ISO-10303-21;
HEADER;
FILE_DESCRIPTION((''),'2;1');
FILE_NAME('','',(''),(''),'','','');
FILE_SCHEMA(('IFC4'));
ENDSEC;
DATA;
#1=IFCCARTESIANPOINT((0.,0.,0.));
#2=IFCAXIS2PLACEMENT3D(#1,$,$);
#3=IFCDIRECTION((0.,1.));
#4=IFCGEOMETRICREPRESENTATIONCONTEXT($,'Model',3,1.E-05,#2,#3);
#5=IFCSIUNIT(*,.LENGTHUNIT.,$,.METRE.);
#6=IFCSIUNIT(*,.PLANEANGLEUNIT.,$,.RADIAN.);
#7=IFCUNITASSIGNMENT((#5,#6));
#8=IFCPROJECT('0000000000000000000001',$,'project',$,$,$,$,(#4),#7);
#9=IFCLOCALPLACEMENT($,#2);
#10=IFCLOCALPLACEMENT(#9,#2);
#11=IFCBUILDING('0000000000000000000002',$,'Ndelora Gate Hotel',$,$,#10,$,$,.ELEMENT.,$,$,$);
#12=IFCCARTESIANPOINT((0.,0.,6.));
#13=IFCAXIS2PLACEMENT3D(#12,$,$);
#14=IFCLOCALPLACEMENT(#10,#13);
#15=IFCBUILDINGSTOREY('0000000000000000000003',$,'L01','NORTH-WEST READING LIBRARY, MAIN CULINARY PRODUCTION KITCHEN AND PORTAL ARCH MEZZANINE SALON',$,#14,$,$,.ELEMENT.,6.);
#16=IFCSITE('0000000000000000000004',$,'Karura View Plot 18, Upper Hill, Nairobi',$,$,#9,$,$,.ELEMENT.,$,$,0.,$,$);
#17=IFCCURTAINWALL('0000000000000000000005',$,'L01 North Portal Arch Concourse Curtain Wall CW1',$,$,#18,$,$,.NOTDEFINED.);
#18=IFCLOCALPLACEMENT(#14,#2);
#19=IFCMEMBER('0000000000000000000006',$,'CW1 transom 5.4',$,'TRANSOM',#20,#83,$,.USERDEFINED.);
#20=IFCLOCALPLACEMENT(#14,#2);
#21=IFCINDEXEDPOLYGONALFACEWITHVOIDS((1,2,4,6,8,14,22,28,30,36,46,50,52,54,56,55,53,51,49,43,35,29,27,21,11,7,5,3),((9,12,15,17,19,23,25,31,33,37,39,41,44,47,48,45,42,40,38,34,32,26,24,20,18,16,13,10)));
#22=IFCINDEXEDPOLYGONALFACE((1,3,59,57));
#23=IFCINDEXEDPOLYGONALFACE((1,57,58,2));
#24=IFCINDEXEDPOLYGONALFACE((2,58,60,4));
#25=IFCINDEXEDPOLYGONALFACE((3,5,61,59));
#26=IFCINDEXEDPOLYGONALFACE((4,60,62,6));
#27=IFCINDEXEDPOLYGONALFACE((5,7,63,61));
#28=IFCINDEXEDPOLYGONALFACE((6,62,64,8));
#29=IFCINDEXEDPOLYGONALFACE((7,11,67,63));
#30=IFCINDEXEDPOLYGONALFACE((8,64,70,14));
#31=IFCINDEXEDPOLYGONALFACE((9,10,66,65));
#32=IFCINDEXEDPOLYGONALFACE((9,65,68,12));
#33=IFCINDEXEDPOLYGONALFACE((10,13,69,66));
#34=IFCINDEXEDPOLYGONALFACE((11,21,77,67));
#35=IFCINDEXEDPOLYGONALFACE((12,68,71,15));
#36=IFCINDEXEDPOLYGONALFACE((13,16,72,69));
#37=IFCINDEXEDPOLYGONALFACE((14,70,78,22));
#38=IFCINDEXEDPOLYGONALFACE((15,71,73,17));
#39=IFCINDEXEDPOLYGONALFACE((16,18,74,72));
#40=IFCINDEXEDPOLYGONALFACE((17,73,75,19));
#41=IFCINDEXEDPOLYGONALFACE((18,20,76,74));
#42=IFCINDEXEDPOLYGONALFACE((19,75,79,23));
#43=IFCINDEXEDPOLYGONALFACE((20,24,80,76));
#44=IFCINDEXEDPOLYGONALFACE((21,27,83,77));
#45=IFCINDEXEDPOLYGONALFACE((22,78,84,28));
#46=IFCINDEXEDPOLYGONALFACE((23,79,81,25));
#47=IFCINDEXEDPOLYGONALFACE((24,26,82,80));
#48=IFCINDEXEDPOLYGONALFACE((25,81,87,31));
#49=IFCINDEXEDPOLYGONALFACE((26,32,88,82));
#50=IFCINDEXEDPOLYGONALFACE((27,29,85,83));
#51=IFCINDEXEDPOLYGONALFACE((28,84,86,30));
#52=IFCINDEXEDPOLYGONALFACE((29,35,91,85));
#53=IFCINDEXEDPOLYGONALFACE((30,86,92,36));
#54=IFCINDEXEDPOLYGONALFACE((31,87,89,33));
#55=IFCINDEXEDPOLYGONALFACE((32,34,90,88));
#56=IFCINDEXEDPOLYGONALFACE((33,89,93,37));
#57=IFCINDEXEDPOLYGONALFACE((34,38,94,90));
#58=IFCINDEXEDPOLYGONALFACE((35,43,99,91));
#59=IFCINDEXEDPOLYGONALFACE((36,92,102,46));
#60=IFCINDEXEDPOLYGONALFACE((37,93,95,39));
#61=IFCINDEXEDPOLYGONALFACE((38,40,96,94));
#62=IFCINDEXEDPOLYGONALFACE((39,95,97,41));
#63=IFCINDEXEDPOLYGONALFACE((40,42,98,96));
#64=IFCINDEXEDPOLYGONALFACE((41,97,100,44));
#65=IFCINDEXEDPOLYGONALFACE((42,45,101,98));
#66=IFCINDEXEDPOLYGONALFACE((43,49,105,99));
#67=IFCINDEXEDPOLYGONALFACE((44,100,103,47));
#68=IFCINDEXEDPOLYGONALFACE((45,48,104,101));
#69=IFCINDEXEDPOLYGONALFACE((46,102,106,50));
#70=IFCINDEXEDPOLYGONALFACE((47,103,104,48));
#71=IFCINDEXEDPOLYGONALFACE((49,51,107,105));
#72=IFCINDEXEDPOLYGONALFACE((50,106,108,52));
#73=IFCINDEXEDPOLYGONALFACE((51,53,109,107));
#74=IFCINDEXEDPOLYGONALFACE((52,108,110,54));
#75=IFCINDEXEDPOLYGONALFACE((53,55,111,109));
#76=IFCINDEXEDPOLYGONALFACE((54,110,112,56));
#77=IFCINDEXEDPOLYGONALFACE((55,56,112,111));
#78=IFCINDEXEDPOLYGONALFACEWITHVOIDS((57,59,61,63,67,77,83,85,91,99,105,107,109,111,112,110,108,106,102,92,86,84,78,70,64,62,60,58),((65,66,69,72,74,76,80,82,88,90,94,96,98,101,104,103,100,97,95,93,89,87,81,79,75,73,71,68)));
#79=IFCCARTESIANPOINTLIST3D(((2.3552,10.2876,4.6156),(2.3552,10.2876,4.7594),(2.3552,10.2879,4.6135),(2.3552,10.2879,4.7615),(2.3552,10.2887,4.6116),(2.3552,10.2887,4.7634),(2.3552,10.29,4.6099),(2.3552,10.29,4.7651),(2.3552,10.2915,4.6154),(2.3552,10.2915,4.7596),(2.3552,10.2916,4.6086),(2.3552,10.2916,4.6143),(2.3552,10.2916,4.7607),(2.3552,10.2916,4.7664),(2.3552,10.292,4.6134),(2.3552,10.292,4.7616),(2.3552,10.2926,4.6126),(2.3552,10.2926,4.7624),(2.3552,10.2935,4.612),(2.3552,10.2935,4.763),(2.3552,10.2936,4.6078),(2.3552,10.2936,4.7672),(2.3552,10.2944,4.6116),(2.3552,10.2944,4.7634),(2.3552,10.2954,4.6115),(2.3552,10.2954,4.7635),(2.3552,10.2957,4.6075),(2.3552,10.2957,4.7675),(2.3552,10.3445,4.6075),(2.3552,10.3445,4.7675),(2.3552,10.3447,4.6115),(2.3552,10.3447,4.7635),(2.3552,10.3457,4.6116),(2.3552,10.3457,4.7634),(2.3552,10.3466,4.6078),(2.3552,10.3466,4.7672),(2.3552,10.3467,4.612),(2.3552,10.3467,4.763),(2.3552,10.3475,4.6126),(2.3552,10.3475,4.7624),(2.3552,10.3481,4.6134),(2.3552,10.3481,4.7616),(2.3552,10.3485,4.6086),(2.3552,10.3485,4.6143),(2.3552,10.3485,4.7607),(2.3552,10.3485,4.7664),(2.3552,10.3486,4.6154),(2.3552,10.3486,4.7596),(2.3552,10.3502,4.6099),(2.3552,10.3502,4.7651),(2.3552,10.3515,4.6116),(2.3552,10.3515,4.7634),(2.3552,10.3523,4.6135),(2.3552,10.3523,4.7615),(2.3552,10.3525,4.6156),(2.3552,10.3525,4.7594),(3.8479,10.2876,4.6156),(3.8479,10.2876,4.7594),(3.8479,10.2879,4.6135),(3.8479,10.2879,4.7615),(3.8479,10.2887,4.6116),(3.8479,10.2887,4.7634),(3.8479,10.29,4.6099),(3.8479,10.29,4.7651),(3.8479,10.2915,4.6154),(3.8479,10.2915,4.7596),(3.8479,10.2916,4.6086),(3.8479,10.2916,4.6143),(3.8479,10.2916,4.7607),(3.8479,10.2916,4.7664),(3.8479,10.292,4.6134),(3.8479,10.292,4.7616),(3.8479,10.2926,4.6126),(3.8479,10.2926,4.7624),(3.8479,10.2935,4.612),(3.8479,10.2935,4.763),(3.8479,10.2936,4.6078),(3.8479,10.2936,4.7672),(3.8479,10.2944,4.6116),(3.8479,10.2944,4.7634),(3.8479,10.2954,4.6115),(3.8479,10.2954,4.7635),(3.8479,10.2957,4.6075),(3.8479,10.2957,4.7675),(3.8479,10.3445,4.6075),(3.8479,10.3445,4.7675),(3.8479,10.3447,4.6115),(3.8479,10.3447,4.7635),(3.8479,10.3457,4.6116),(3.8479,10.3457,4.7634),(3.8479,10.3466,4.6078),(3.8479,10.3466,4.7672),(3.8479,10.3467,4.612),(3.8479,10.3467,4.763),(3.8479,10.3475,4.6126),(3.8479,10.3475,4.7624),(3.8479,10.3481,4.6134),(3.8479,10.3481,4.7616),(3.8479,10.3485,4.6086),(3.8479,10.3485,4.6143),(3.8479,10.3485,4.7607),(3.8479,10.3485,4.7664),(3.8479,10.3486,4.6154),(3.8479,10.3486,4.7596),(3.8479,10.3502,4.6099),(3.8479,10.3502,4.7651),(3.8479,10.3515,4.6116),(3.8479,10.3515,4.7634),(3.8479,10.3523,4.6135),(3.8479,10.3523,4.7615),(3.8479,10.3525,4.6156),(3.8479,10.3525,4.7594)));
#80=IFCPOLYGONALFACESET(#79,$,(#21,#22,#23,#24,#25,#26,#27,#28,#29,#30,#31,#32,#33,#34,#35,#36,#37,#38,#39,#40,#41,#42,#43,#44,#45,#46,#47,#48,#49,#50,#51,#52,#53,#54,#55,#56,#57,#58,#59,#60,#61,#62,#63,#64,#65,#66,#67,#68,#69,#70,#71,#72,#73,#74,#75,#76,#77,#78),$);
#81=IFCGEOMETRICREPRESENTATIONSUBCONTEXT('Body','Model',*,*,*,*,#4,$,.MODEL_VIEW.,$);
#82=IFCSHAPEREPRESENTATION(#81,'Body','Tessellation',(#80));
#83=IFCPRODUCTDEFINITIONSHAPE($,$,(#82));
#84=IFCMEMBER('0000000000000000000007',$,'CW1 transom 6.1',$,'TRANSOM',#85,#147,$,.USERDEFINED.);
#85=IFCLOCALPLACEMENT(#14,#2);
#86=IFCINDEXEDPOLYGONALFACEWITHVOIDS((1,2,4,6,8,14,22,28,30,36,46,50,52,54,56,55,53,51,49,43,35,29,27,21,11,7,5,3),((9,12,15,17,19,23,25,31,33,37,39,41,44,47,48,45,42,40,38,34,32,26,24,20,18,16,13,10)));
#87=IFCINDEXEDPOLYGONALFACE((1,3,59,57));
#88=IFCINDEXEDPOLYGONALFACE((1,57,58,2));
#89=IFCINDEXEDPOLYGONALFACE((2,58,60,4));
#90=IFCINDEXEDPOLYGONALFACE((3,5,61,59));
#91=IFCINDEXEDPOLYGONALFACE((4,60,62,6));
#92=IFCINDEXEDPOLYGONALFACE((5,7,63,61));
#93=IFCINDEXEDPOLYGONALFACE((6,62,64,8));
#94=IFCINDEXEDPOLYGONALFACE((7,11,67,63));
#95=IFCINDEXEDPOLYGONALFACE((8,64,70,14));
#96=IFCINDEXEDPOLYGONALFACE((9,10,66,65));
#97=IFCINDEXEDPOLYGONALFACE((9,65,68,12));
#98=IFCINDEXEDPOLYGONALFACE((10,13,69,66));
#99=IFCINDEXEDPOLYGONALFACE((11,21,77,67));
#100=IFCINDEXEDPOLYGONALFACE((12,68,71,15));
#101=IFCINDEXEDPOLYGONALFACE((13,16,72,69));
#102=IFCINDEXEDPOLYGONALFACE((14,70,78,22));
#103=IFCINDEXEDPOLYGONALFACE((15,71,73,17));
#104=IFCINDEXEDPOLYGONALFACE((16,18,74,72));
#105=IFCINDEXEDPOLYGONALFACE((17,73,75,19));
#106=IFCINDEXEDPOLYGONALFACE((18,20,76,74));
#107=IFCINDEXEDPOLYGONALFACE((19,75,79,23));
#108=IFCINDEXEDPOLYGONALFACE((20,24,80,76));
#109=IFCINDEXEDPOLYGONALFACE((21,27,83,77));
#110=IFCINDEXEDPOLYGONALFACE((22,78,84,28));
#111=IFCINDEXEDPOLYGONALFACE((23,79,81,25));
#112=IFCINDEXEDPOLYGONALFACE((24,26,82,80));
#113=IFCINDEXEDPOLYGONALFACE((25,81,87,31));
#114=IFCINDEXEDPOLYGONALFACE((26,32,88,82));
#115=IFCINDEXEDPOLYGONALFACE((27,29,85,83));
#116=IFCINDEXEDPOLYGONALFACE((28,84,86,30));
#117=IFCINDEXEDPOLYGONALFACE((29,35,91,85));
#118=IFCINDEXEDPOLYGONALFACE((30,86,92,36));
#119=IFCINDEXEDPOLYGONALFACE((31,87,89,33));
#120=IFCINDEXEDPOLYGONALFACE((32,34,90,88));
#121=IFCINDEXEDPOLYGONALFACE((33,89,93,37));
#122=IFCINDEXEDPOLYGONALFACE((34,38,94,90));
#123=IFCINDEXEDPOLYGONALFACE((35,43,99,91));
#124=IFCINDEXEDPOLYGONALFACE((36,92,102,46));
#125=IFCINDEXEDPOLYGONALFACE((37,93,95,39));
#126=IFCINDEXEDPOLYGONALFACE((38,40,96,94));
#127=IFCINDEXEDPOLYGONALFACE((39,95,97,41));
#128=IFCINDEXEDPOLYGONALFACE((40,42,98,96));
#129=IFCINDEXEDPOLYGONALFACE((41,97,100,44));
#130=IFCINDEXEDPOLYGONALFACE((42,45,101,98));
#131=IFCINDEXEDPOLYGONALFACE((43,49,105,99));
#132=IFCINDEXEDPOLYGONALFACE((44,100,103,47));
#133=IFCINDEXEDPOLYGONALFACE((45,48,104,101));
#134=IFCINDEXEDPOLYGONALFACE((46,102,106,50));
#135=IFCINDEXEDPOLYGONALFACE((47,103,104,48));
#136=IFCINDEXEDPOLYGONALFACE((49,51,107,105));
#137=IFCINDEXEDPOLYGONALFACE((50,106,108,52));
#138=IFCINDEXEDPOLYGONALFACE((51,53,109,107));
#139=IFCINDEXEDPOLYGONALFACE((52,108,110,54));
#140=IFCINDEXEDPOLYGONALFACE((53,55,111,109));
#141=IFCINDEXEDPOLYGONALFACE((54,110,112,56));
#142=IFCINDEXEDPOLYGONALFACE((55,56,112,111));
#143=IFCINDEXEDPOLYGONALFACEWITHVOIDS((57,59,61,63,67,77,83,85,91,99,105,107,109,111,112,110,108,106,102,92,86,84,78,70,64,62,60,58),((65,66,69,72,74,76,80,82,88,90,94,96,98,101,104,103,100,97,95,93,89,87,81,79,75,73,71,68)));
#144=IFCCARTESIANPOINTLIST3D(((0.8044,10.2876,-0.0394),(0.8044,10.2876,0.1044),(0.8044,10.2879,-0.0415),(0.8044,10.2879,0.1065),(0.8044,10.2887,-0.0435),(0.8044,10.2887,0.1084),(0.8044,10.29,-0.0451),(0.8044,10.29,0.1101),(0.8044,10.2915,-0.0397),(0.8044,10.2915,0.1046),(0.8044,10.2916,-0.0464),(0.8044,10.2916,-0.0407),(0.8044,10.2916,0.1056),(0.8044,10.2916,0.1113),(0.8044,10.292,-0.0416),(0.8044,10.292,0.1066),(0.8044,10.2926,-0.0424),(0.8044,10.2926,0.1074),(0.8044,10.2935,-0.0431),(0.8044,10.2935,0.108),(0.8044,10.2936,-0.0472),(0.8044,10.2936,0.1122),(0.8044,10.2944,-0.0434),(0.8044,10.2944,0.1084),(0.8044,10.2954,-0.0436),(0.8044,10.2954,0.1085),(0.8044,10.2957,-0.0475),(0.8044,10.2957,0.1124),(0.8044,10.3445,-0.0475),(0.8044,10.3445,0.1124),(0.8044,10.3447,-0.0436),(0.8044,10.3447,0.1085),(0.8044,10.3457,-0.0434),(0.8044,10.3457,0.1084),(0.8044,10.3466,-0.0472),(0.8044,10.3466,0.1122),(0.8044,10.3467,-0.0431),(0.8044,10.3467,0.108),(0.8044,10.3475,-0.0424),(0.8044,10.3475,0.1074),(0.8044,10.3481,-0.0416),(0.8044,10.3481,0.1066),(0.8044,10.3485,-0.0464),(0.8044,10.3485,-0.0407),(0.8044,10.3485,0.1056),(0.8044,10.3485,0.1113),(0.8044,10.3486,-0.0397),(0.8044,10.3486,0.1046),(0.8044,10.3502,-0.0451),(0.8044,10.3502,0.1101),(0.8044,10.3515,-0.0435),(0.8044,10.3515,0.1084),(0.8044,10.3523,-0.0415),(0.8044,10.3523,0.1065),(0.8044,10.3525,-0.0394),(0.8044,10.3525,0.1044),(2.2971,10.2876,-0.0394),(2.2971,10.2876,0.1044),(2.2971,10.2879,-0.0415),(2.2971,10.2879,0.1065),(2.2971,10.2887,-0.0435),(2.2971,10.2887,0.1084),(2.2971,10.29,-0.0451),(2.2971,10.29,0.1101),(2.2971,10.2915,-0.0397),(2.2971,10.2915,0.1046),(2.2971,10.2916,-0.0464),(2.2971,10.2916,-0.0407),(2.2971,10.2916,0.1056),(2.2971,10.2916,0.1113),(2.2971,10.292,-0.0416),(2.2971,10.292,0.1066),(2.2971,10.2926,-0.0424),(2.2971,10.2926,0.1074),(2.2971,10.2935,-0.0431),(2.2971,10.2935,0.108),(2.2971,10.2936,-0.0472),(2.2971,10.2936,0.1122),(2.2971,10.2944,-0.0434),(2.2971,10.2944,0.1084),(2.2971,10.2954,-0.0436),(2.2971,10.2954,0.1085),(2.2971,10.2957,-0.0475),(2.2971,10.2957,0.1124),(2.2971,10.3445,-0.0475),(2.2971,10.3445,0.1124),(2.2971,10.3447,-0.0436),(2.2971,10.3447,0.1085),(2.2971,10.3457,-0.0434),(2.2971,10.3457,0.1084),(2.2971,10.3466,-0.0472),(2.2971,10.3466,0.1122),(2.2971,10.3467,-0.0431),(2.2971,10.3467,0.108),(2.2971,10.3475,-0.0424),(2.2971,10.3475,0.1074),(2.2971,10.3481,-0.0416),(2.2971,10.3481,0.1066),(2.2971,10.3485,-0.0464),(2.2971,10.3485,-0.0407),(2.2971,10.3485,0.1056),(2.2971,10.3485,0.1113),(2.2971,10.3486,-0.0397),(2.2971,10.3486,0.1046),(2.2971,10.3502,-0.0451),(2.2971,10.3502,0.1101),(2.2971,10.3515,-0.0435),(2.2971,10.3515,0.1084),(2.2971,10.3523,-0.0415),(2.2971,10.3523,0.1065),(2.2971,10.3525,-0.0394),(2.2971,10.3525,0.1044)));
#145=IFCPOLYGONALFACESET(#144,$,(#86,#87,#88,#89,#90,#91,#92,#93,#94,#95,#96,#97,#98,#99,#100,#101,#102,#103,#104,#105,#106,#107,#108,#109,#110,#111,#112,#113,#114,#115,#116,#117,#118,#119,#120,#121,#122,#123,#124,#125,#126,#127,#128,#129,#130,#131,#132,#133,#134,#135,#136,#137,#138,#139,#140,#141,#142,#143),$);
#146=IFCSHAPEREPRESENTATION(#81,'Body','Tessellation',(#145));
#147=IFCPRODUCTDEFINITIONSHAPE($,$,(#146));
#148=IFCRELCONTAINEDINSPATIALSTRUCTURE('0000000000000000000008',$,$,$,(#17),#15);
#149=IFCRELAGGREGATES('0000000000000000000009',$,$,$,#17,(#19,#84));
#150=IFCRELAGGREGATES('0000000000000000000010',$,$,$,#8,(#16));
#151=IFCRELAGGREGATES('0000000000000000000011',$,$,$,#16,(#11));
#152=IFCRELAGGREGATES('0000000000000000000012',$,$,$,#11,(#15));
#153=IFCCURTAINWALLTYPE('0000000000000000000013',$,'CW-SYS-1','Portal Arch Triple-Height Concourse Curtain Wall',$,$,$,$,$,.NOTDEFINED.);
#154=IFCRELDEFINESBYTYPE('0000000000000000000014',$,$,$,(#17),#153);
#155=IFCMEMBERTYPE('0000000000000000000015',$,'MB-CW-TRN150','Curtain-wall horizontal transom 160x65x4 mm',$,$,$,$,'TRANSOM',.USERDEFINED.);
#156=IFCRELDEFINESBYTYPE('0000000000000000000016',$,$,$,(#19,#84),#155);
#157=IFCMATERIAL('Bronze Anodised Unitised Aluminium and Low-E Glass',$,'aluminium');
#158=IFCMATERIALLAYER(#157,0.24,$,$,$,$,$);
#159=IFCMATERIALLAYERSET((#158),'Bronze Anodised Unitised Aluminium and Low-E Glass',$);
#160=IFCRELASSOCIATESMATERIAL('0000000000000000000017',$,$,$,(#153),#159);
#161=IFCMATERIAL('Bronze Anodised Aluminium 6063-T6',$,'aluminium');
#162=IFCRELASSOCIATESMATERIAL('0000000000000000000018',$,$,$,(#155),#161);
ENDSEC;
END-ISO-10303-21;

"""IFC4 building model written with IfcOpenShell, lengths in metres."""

from ifc_helpers import new_model, si_unit, direction, frame, origin, origin_2d, place, context, subcontext, project, spatial, hollow_rectangle, extrude, material, layer, layer_set, material_profile, profile_set, type_object, element, aggregate, save


model = new_model("IFC4")

# Units and contexts
model_context = context("Model", 3, precision=1e-05, world=origin(), true_north=direction((0.0, 1.0)))
body_context = subcontext(model_context, "Body", "Model", "MODEL_VIEW")
ifc_project = project(units=[si_unit("LENGTHUNIT", "METRE"), si_unit("PLANEANGLEUNIT", "RADIAN")], contexts=[model_context])

# Site, building, storey
site_placement = place(None, origin())
site = spatial("IfcSite", under=ifc_project, at=site_placement, Name="Karura View Plot 18, Upper Hill, Nairobi", CompositionType="ELEMENT", RefElevation=0.0)
building_placement = place(site_placement, origin())
building = spatial("IfcBuilding", under=site, at=building_placement, Name="Ndelora Gate Hotel", CompositionType="ELEMENT")
storey_placement = place(building_placement, frame((0.0, 0.0, 6.0)))
storey = spatial("IfcBuildingStorey", under=building, at=storey_placement, Name="L01", Description="NORTH-WEST READING LIBRARY, MAIN CULINARY PRODUCTION KITCHEN AND PORTAL ARCH MEZZANINE SALON", CompositionType="ELEMENT", Elevation=6.0)

# Curtain wall, members
ifc_material_1 = material(Name="Bronze Anodised Unitised Aluminium and Low-E Glass", Category="aluminium")
ifc_layer_1 = layer(ifc_material_1, 0.24)
ifc_layer_set_1 = layer_set([ifc_layer_1], Name="Bronze Anodised Unitised Aluminium and Low-E Glass")
curtain_wall_type = type_object("IfcCurtainWallType", Name="CW-SYS-1", Description="Portal Arch Triple-Height Concourse Curtain Wall", PredefinedType="NOTDEFINED", material=ifc_layer_set_1)
curtain_wall_placement = place(storey_placement, origin())
curtain_wall = element("IfcCurtainWall", 1, at=curtain_wall_placement, inside=storey, type_object=curtain_wall_type, Name="L01 North Portal Arch Concourse Curtain Wall CW1", PredefinedType="NOTDEFINED")
ifc_material_2 = material(Name="Bronze Anodised Aluminium 6063-T6", Category="aluminium")
ifc_material_profile_1 = material_profile(ifc_material_2, hollow_rectangle(XDim=0.0649, YDim=0.1599, WallThickness=0.0039, InnerFilletRadius=0.0039, OuterFilletRadius=0.0081, at=origin_2d()), Name="ALU 160x65x4")
ifc_profile_set_1 = profile_set([ifc_material_profile_1], Name="Bronze Anodised Aluminium 6063-T6")
member_type_1 = type_object("IfcMemberType", Name="MB-CW-TRN150", Description="Curtain-wall horizontal transom 160x65x4 mm", ElementType="TRANSOM", PredefinedType="USERDEFINED", material=ifc_profile_set_1)
member_1_placement = place(storey_placement, frame((3.8479, 10.3201, 4.6875), z_axis=(-1.0, 0.0, 0.0), x_axis=(0.0, -1.0, 0.0)))
member_1 = element("IfcMember", 2, at=member_1_placement, type_object=member_type_1, Name="CW1 transom 5.4", ObjectType="TRANSOM", PredefinedType="USERDEFINED", context=body_context, shape_type="SweptSolid", body=[
    extrude(hollow_rectangle(XDim=0.0649, YDim=0.1599, WallThickness=0.0039, InnerFilletRadius=0.0039, OuterFilletRadius=0.0081, at=origin_2d()), origin(), (0.0, 0.0, 1.0), 1.4927),
])
member_2_placement = place(storey_placement, frame((2.2971, 10.3201, 0.0325), z_axis=(-1.0, 0.0, 0.0), x_axis=(0.0, -1.0, 0.0)))
member_2 = element("IfcMember", 3, at=member_2_placement, type_object=member_type_1, Name="CW1 transom 6.1", ObjectType="TRANSOM", PredefinedType="USERDEFINED", context=body_context, shape_type="SweptSolid", body=[
    extrude(hollow_rectangle(XDim=0.0649, YDim=0.1599, WallThickness=0.0039, InnerFilletRadius=0.0039, OuterFilletRadius=0.0081, at=origin_2d()), origin(), (0.0, 0.0, 1.0), 1.4927),
])
aggregate(curtain_wall, [member_1, member_2])

save(model, "model.ifc")
